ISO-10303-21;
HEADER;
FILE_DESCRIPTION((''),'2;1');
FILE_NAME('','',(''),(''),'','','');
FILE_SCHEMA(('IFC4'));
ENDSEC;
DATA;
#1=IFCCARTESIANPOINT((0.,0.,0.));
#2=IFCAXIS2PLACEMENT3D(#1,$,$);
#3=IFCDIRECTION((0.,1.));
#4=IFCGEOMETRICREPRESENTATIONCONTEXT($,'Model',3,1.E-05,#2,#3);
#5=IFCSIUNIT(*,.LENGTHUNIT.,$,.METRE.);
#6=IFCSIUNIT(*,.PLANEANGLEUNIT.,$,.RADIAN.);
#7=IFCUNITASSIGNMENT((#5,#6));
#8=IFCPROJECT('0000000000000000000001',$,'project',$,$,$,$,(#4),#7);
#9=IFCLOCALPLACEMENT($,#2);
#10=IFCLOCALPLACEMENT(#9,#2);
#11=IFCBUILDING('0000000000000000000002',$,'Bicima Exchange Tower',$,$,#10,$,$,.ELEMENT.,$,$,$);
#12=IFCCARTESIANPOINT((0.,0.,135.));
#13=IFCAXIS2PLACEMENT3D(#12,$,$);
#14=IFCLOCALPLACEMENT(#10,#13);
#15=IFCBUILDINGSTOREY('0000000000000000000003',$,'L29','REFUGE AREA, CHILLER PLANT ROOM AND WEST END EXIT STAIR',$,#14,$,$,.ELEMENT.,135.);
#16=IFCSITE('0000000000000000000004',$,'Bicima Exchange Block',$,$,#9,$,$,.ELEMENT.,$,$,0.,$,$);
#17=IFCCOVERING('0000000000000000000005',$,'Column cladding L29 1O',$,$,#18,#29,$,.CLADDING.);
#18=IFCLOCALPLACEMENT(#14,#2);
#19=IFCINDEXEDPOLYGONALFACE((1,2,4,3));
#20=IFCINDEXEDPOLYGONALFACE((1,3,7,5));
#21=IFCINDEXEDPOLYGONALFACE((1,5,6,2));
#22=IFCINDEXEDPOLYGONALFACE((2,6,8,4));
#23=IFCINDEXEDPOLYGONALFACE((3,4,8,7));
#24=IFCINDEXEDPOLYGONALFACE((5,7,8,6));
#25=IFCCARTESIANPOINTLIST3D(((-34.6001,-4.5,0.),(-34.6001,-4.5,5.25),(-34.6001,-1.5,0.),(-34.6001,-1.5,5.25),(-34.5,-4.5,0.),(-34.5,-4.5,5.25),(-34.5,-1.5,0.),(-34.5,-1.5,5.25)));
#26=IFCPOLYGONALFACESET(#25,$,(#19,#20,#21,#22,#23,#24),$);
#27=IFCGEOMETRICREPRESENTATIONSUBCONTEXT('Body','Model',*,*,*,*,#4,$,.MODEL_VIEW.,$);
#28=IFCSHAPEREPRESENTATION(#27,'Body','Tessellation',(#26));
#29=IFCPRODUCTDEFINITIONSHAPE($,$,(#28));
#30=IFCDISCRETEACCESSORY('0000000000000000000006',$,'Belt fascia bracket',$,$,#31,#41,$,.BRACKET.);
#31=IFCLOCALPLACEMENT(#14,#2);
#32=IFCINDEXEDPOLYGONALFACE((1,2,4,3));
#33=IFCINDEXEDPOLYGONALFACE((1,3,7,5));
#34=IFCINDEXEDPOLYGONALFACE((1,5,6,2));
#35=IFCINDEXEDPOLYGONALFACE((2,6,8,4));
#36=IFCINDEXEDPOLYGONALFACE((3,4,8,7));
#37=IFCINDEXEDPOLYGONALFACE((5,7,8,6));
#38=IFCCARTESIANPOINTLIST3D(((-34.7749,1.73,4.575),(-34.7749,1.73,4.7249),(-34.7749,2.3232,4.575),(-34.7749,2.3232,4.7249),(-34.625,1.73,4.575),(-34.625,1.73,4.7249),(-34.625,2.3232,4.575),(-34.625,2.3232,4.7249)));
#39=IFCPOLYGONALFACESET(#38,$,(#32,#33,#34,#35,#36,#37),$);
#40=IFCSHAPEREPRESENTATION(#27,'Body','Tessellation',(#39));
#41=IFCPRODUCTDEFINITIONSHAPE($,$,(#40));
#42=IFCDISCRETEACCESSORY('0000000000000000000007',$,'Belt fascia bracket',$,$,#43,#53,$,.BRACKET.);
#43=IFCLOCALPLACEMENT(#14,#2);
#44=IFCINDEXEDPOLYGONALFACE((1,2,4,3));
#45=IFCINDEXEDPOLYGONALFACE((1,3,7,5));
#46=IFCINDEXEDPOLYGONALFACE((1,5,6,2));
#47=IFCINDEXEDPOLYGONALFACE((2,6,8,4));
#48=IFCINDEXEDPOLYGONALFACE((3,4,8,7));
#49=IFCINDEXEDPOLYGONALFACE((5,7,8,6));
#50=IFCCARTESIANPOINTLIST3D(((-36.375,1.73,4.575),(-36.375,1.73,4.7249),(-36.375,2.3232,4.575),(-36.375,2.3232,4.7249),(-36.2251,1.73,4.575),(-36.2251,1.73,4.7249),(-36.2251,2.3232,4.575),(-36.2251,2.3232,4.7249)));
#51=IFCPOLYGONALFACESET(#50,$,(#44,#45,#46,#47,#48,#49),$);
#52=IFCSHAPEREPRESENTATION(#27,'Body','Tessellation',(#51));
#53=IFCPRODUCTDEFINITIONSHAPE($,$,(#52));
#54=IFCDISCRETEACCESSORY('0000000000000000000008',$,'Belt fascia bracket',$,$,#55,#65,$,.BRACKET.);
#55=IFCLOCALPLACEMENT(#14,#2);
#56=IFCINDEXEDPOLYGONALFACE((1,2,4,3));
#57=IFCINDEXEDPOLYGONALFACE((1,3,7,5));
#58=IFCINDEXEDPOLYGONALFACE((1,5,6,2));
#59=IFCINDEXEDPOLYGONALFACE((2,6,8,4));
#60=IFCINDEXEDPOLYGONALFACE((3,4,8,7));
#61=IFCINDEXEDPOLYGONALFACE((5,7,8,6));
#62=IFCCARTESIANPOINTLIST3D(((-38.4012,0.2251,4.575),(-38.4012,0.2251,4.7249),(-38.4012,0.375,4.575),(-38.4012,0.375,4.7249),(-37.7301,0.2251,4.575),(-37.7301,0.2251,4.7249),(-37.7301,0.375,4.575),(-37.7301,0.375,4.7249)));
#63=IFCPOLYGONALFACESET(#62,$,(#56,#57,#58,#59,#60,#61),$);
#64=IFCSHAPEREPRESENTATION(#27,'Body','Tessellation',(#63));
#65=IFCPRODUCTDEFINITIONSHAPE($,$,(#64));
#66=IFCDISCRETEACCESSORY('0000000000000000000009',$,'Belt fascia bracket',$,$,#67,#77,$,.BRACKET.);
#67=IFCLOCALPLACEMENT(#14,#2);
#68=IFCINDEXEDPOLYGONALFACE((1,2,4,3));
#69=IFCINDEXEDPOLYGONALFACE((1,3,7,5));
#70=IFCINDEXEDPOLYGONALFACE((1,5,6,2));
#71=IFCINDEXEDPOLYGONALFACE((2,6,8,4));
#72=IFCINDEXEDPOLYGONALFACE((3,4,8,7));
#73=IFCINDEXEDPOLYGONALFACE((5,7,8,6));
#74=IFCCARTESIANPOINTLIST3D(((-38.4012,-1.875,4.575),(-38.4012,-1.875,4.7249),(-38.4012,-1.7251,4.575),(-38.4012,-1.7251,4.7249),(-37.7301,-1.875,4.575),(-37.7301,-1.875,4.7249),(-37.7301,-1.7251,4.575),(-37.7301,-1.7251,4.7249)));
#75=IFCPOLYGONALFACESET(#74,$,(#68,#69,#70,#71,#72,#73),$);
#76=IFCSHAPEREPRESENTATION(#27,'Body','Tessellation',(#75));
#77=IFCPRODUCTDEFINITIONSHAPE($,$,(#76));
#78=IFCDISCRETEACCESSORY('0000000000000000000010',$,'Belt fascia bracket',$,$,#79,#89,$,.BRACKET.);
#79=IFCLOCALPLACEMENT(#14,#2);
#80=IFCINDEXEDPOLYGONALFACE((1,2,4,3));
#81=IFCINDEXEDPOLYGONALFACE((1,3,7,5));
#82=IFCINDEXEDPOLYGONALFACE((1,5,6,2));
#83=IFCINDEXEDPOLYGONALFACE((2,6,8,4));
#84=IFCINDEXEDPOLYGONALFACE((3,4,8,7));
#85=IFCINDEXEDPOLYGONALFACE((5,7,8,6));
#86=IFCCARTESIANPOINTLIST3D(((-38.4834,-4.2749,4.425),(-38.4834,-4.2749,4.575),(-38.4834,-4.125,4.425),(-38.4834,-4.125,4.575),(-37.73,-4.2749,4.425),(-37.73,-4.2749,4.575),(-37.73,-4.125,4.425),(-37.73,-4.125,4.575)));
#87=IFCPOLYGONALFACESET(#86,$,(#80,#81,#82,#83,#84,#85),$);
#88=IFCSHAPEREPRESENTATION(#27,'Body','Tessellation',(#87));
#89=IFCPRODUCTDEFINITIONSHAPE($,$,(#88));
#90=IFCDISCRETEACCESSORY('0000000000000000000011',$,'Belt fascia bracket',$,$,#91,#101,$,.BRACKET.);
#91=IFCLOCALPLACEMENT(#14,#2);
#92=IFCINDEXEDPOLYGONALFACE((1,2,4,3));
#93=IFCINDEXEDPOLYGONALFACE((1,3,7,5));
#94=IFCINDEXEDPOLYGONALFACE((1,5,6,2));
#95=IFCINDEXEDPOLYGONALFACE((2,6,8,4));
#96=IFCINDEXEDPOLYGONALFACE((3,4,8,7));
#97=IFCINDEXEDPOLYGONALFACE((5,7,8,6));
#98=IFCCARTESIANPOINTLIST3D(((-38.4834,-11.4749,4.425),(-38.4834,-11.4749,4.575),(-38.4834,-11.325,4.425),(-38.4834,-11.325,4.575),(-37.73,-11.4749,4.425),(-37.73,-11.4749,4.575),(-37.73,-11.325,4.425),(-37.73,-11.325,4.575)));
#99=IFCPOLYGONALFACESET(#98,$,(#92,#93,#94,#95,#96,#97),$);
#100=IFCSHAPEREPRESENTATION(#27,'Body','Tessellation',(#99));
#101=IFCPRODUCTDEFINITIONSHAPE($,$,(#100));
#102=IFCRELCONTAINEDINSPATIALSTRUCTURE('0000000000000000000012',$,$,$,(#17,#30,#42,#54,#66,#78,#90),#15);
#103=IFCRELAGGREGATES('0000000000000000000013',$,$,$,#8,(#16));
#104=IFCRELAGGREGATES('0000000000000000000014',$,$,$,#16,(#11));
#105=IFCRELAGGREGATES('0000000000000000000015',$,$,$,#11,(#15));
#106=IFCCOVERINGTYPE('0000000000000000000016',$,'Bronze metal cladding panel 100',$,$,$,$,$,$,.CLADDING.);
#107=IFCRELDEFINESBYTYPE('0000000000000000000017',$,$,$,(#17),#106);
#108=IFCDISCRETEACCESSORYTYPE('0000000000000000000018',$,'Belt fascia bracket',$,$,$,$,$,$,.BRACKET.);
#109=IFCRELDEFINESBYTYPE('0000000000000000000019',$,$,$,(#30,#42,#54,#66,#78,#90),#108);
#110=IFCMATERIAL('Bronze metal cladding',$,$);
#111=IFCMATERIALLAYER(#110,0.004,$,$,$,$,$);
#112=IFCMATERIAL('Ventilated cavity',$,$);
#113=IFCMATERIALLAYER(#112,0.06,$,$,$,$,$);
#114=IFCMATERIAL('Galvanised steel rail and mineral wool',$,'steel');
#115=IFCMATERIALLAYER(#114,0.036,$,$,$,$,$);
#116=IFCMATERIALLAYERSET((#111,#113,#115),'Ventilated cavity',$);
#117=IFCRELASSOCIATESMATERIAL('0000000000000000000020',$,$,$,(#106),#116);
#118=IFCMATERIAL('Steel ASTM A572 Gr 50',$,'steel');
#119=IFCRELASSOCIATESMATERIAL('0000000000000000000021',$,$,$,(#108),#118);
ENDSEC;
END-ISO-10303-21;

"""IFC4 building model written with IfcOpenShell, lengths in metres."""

from ifc_helpers import new_model, si_unit, direction, frame, origin, origin_2d, place, context, subcontext, project, spatial, rectangle, extrude, material, layer, layer_set, type_object, element, save


model = new_model("IFC4")

# Units and contexts
model_context = context("Model", 3, precision=1e-05, world=origin(), true_north=direction((0.0, 1.0)))
body_context = subcontext(model_context, "Body", "Model", "MODEL_VIEW")
ifc_project = project(units=[si_unit("LENGTHUNIT", "METRE"), si_unit("PLANEANGLEUNIT", "RADIAN")], contexts=[model_context])

# Site, building, storey
site_placement = place(None, origin())
site = spatial("IfcSite", under=ifc_project, at=site_placement, Name="Bicima Exchange Block", CompositionType="ELEMENT", RefElevation=0.0)
building_placement = place(site_placement, origin())
building = spatial("IfcBuilding", under=site, at=building_placement, Name="Bicima Exchange Tower", CompositionType="ELEMENT")
storey_placement = place(building_placement, frame((0.0, 0.0, 135.0)))
storey = spatial("IfcBuildingStorey", under=building, at=storey_placement, Name="L29", Description="REFUGE AREA, CHILLER PLANT ROOM AND WEST END EXIT STAIR", CompositionType="ELEMENT", Elevation=135.0)

# Shared definitions
ifc_material_1 = material(Name="Steel ASTM A572 Gr 50", Category="steel")

# Covering
ifc_material_2 = material(Name="Bronze metal cladding")
ifc_layer_1 = layer(ifc_material_2, 0.004)
ifc_material_3 = material(Name="Ventilated cavity")
ifc_layer_2 = layer(ifc_material_3, 0.06)
ifc_material_4 = material(Name="Galvanised steel rail and mineral wool", Category="steel")
ifc_layer_3 = layer(ifc_material_4, 0.036)
ifc_layer_set_1 = layer_set([ifc_layer_1, ifc_layer_2, ifc_layer_3], Name="Ventilated cavity")
covering_type = type_object("IfcCoveringType", Name="Bronze metal cladding panel 100", PredefinedType="CLADDING", material=ifc_layer_set_1)
covering_placement = place(storey_placement, frame((-34.55, -3.0, 0.0), z_axis=(0.0, 0.0, 1.0), x_axis=(1.0, 0.0, 0.0)))
element("IfcCovering", 1, at=covering_placement, inside=storey, type_object=covering_type, Name="Column cladding L29 1O", PredefinedType="CLADDING", context=body_context, shape_type="SweptSolid", body=[
    extrude(rectangle(XDim=0.1001, YDim=3.0, at=origin_2d()), origin(), (0.0, 0.0, 1.0), 5.25),
])

# Discrete accessories
discrete_accessory_type = type_object("IfcDiscreteAccessoryType", Name="Belt fascia bracket", PredefinedType="BRACKET", material=ifc_material_1)
for number, where, z_axis, x_axis, name in (
    (2, (-34.7, 2.0266, 4.575), (0.0, 0.0, 1.0), (-1.0, 0.0, 0.0), "Belt fascia bracket"),
    (3, (-36.3, 2.0266, 4.575), (0.0, 0.0, 1.0), (-1.0, 0.0, 0.0), "Belt fascia bracket"),
):
    element("IfcDiscreteAccessory", number, at=place(storey_placement, frame(where, z_axis=z_axis, x_axis=x_axis)), inside=storey, type_object=discrete_accessory_type, Name=name, PredefinedType="BRACKET", context=body_context, shape_type="SweptSolid", body=[
        extrude(rectangle(XDim=0.1499, YDim=0.5933, at=origin_2d()), origin(), (0.0, 0.0, 1.0), 0.1499),
    ])
for number, where, z_axis, x_axis, name in (
    (4, (-38.0657, 0.3, 4.575), (0.0, 0.0, 1.0), (0.0, -1.0, 0.0), "Belt fascia bracket"),
    (5, (-38.0657, -1.8, 4.575), (0.0, 0.0, 1.0), (0.0, -1.0, 0.0), "Belt fascia bracket"),
):
    element("IfcDiscreteAccessory", number, at=place(storey_placement, frame(where, z_axis=z_axis, x_axis=x_axis)), inside=storey, type_object=discrete_accessory_type, Name=name, PredefinedType="BRACKET", context=body_context, shape_type="SweptSolid", body=[
        extrude(rectangle(XDim=0.1499, YDim=0.6711, at=origin_2d()), origin(), (0.0, 0.0, 1.0), 0.1499),
    ])
for number, where, z_axis, x_axis, name in (
    (6, (-38.1067, -4.2, 4.425), (0.0, 0.0, 1.0), (0.0, -1.0, 0.0), "Belt fascia bracket"),
    (7, (-38.1067, -11.3999, 4.425), (0.0, 0.0, 1.0), (0.0, -1.0, 0.0), "Belt fascia bracket"),
):
    element("IfcDiscreteAccessory", number, at=place(storey_placement, frame(where, z_axis=z_axis, x_axis=x_axis)), inside=storey, type_object=discrete_accessory_type, Name=name, PredefinedType="BRACKET", context=body_context, shape_type="SweptSolid", body=[
        extrude(rectangle(XDim=0.1499, YDim=0.7534, at=origin_2d()), origin(), (0.0, 0.0, 1.0), 0.1499),
    ])

save(model, "model.ifc")
